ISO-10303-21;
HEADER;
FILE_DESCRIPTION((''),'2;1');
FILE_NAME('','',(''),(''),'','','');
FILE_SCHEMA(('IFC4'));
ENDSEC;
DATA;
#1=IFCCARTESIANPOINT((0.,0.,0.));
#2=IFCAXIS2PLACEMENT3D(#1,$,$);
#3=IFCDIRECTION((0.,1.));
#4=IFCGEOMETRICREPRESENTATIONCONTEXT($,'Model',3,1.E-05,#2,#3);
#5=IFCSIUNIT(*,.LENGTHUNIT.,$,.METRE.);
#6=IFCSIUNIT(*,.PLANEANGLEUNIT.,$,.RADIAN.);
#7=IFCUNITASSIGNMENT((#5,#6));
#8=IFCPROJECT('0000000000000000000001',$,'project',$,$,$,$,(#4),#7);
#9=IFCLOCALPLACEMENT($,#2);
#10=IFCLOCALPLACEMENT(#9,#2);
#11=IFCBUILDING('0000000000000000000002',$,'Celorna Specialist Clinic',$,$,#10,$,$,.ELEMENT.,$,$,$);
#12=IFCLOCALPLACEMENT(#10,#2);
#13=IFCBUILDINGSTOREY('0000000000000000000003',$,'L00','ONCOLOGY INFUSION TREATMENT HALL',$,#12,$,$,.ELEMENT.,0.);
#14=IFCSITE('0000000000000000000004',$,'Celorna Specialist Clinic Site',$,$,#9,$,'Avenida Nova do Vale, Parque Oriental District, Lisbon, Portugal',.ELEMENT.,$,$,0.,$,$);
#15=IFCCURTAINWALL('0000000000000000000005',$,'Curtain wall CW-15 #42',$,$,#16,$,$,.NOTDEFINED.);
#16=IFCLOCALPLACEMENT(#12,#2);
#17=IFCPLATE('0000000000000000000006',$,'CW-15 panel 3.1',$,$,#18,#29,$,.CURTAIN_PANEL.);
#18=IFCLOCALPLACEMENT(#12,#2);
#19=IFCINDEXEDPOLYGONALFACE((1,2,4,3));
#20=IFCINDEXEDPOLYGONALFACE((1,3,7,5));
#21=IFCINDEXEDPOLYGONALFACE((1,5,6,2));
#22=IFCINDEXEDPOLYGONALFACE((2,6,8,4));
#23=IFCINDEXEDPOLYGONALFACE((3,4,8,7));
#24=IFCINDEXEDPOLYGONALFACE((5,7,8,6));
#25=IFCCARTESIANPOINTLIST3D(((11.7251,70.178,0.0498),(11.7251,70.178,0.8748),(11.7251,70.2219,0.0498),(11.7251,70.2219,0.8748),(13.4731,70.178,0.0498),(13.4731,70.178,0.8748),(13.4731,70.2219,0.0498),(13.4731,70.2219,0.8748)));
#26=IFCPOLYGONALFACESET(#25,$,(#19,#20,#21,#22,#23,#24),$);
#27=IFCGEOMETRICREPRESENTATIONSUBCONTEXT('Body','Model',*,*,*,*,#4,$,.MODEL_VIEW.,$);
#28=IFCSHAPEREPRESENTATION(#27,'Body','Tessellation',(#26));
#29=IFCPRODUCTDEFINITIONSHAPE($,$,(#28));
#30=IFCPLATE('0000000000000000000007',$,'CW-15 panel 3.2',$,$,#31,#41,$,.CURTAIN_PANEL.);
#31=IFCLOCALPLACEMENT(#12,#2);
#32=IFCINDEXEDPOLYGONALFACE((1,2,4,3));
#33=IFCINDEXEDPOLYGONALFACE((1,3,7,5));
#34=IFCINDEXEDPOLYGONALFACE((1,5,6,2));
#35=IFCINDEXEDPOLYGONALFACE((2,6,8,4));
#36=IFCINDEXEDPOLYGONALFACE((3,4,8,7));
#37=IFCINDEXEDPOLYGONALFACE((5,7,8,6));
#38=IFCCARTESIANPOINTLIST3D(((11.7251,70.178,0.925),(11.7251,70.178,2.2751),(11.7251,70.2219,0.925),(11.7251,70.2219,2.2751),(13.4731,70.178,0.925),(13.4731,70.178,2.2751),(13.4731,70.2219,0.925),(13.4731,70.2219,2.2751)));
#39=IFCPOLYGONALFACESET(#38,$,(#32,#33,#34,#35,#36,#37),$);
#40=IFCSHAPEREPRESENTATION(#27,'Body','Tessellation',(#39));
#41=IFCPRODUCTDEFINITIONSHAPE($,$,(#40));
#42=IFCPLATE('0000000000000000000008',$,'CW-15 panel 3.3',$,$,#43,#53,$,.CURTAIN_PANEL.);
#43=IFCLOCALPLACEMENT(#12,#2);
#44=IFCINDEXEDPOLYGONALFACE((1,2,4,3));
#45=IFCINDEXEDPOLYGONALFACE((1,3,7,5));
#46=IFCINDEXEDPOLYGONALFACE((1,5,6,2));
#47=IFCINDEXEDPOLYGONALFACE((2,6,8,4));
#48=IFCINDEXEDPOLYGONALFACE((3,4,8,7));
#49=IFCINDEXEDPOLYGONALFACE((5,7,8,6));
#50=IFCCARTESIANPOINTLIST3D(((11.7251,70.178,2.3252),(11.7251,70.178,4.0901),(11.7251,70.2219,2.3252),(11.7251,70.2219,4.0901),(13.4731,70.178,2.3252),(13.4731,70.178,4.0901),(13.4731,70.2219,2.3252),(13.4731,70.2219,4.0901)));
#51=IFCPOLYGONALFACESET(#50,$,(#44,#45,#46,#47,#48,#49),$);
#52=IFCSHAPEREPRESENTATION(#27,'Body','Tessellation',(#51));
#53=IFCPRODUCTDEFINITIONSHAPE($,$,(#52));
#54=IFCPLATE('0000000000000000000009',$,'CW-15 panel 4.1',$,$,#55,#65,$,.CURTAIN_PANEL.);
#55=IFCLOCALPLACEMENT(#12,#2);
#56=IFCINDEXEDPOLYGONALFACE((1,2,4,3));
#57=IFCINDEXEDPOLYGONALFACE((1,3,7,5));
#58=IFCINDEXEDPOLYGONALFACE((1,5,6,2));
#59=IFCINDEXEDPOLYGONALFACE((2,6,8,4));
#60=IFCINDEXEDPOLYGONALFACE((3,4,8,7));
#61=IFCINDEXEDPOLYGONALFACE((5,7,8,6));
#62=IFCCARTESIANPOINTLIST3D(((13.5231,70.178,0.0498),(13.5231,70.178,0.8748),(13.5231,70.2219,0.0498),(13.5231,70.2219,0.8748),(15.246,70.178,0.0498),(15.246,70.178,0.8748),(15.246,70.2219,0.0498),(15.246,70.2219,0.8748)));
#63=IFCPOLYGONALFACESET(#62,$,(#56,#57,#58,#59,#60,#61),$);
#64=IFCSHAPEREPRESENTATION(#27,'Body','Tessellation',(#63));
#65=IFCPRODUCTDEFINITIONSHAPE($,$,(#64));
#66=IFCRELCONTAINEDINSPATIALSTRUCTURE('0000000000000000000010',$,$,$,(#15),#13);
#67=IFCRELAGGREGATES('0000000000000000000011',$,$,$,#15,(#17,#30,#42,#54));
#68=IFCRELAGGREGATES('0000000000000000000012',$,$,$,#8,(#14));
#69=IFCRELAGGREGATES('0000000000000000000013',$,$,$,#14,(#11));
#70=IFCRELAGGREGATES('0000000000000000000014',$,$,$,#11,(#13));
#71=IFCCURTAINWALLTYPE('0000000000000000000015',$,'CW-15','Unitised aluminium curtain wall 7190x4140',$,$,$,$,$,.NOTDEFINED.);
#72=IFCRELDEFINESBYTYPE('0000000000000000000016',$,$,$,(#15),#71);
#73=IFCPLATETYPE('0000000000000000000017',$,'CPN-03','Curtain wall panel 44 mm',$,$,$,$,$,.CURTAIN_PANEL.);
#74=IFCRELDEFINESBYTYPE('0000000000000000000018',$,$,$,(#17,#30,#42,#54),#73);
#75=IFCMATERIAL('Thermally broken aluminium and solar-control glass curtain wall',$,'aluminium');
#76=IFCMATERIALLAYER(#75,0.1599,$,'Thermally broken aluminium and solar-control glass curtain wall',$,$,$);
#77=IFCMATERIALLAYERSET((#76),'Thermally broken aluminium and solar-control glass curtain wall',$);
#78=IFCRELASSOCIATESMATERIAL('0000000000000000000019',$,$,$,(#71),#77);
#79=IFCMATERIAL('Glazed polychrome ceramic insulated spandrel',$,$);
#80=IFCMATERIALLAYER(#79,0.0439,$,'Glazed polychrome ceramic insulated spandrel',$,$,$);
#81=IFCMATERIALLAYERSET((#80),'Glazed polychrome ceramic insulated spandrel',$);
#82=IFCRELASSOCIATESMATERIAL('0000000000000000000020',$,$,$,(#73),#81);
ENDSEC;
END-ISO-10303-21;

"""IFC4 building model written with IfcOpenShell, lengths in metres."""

from ifc_helpers import new_model, si_unit, direction, frame, origin, origin_2d, place, context, subcontext, project, spatial, rectangle, extrude, material, layer, layer_set, type_object, element, aggregate, save


model = new_model("IFC4")

# Units and contexts
model_context = context("Model", 3, precision=1e-05, world=origin(), true_north=direction((0.0, 1.0)))
body_context = subcontext(model_context, "Body", "Model", "MODEL_VIEW")
ifc_project = project(units=[si_unit("LENGTHUNIT", "METRE"), si_unit("PLANEANGLEUNIT", "RADIAN")], contexts=[model_context])

# Site, building, storey
site_placement = place(None, origin())
site = spatial("IfcSite", under=ifc_project, at=site_placement, Name="Celorna Specialist Clinic Site", LongName="Avenida Nova do Vale, Parque Oriental District, Lisbon, Portugal", CompositionType="ELEMENT", RefElevation=0.0)
building_placement = place(site_placement, origin())
building = spatial("IfcBuilding", under=site, at=building_placement, Name="Celorna Specialist Clinic", CompositionType="ELEMENT")
storey_placement = place(building_placement, origin())
storey = spatial("IfcBuildingStorey", under=building, at=storey_placement, Name="L00", Description="ONCOLOGY INFUSION TREATMENT HALL", CompositionType="ELEMENT", Elevation=0.0)

# Shared definitions
ifc_material_1 = material(Name="Thermally broken aluminium and solar-control glass curtain wall", Category="aluminium")

# Curtain wall, plates
ifc_layer_1 = layer(ifc_material_1, 0.1599, Name="Thermally broken aluminium and solar-control glass curtain wall")
ifc_layer_set_1 = layer_set([ifc_layer_1], Name="Thermally broken aluminium and solar-control glass curtain wall")
curtain_wall_type_1 = type_object("IfcCurtainWallType", Name="CW-15", Description="Unitised aluminium curtain wall 7190x4140", PredefinedType="NOTDEFINED", material=ifc_layer_set_1)
curtain_wall_1_placement = place(storey_placement, origin())
curtain_wall_1 = element("IfcCurtainWall", 1, at=curtain_wall_1_placement, inside=storey, type_object=curtain_wall_type_1, Name="Curtain wall CW-15 #42", PredefinedType="NOTDEFINED")
ifc_material_2 = material(Name="Glazed polychrome ceramic insulated spandrel")
ifc_layer_2 = layer(ifc_material_2, 0.0439, Name="Glazed polychrome ceramic insulated spandrel")
ifc_layer_set_2 = layer_set([ifc_layer_2], Name="Glazed polychrome ceramic insulated spandrel")
plate_type = type_object("IfcPlateType", Name="CPN-03", Description="Curtain wall panel 44 mm", PredefinedType="CURTAIN_PANEL", material=ifc_layer_set_2)
plate_1_placement = place(storey_placement, frame((12.5991, 70.2, 0.0498), z_axis=(0.0, 0.0, 1.0), x_axis=(1.0, 0.0, 0.0)))
plate_1 = element("IfcPlate", 2, at=plate_1_placement, type_object=plate_type, Name="CW-15 panel 3.1", PredefinedType="CURTAIN_PANEL", context=body_context, shape_type="SweptSolid", body=[
    extrude(rectangle(XDim=1.748, YDim=0.0439, at=origin_2d()), origin(), (0.0, 0.0, 1.0), 0.825),
])
plate_2_placement = place(storey_placement, frame((12.5991, 70.2, 0.925), z_axis=(0.0, 0.0, 1.0), x_axis=(1.0, 0.0, 0.0)))
plate_2 = element("IfcPlate", 3, at=plate_2_placement, type_object=plate_type, Name="CW-15 panel 3.2", PredefinedType="CURTAIN_PANEL", context=body_context, shape_type="SweptSolid", body=[
    extrude(rectangle(XDim=1.748, YDim=0.0439, at=origin_2d()), origin(), (0.0, 0.0, 1.0), 1.3501),
])
plate_3_placement = place(storey_placement, frame((12.5991, 70.2, 2.3252), z_axis=(0.0, 0.0, 1.0), x_axis=(1.0, 0.0, 0.0)))
plate_3 = element("IfcPlate", 4, at=plate_3_placement, type_object=plate_type, Name="CW-15 panel 3.3", PredefinedType="CURTAIN_PANEL", context=body_context, shape_type="SweptSolid", body=[
    extrude(rectangle(XDim=1.748, YDim=0.0439, at=origin_2d()), origin(), (0.0, 0.0, 1.0), 1.7649),
])
plate_4_placement = place(storey_placement, frame((14.3845, 70.2, 0.0498), z_axis=(0.0, 0.0, 1.0), x_axis=(1.0, 0.0, 0.0)))
plate_4 = element("IfcPlate", 5, at=plate_4_placement, type_object=plate_type, Name="CW-15 panel 4.1", PredefinedType="CURTAIN_PANEL", context=body_context, shape_type="SweptSolid", body=[
    extrude(rectangle(XDim=1.7229, YDim=0.0439, at=origin_2d()), origin(), (0.0, 0.0, 1.0), 0.825),
])
aggregate(curtain_wall_1, [plate_1, plate_2, plate_3, plate_4])

save(model, "model.ifc")
